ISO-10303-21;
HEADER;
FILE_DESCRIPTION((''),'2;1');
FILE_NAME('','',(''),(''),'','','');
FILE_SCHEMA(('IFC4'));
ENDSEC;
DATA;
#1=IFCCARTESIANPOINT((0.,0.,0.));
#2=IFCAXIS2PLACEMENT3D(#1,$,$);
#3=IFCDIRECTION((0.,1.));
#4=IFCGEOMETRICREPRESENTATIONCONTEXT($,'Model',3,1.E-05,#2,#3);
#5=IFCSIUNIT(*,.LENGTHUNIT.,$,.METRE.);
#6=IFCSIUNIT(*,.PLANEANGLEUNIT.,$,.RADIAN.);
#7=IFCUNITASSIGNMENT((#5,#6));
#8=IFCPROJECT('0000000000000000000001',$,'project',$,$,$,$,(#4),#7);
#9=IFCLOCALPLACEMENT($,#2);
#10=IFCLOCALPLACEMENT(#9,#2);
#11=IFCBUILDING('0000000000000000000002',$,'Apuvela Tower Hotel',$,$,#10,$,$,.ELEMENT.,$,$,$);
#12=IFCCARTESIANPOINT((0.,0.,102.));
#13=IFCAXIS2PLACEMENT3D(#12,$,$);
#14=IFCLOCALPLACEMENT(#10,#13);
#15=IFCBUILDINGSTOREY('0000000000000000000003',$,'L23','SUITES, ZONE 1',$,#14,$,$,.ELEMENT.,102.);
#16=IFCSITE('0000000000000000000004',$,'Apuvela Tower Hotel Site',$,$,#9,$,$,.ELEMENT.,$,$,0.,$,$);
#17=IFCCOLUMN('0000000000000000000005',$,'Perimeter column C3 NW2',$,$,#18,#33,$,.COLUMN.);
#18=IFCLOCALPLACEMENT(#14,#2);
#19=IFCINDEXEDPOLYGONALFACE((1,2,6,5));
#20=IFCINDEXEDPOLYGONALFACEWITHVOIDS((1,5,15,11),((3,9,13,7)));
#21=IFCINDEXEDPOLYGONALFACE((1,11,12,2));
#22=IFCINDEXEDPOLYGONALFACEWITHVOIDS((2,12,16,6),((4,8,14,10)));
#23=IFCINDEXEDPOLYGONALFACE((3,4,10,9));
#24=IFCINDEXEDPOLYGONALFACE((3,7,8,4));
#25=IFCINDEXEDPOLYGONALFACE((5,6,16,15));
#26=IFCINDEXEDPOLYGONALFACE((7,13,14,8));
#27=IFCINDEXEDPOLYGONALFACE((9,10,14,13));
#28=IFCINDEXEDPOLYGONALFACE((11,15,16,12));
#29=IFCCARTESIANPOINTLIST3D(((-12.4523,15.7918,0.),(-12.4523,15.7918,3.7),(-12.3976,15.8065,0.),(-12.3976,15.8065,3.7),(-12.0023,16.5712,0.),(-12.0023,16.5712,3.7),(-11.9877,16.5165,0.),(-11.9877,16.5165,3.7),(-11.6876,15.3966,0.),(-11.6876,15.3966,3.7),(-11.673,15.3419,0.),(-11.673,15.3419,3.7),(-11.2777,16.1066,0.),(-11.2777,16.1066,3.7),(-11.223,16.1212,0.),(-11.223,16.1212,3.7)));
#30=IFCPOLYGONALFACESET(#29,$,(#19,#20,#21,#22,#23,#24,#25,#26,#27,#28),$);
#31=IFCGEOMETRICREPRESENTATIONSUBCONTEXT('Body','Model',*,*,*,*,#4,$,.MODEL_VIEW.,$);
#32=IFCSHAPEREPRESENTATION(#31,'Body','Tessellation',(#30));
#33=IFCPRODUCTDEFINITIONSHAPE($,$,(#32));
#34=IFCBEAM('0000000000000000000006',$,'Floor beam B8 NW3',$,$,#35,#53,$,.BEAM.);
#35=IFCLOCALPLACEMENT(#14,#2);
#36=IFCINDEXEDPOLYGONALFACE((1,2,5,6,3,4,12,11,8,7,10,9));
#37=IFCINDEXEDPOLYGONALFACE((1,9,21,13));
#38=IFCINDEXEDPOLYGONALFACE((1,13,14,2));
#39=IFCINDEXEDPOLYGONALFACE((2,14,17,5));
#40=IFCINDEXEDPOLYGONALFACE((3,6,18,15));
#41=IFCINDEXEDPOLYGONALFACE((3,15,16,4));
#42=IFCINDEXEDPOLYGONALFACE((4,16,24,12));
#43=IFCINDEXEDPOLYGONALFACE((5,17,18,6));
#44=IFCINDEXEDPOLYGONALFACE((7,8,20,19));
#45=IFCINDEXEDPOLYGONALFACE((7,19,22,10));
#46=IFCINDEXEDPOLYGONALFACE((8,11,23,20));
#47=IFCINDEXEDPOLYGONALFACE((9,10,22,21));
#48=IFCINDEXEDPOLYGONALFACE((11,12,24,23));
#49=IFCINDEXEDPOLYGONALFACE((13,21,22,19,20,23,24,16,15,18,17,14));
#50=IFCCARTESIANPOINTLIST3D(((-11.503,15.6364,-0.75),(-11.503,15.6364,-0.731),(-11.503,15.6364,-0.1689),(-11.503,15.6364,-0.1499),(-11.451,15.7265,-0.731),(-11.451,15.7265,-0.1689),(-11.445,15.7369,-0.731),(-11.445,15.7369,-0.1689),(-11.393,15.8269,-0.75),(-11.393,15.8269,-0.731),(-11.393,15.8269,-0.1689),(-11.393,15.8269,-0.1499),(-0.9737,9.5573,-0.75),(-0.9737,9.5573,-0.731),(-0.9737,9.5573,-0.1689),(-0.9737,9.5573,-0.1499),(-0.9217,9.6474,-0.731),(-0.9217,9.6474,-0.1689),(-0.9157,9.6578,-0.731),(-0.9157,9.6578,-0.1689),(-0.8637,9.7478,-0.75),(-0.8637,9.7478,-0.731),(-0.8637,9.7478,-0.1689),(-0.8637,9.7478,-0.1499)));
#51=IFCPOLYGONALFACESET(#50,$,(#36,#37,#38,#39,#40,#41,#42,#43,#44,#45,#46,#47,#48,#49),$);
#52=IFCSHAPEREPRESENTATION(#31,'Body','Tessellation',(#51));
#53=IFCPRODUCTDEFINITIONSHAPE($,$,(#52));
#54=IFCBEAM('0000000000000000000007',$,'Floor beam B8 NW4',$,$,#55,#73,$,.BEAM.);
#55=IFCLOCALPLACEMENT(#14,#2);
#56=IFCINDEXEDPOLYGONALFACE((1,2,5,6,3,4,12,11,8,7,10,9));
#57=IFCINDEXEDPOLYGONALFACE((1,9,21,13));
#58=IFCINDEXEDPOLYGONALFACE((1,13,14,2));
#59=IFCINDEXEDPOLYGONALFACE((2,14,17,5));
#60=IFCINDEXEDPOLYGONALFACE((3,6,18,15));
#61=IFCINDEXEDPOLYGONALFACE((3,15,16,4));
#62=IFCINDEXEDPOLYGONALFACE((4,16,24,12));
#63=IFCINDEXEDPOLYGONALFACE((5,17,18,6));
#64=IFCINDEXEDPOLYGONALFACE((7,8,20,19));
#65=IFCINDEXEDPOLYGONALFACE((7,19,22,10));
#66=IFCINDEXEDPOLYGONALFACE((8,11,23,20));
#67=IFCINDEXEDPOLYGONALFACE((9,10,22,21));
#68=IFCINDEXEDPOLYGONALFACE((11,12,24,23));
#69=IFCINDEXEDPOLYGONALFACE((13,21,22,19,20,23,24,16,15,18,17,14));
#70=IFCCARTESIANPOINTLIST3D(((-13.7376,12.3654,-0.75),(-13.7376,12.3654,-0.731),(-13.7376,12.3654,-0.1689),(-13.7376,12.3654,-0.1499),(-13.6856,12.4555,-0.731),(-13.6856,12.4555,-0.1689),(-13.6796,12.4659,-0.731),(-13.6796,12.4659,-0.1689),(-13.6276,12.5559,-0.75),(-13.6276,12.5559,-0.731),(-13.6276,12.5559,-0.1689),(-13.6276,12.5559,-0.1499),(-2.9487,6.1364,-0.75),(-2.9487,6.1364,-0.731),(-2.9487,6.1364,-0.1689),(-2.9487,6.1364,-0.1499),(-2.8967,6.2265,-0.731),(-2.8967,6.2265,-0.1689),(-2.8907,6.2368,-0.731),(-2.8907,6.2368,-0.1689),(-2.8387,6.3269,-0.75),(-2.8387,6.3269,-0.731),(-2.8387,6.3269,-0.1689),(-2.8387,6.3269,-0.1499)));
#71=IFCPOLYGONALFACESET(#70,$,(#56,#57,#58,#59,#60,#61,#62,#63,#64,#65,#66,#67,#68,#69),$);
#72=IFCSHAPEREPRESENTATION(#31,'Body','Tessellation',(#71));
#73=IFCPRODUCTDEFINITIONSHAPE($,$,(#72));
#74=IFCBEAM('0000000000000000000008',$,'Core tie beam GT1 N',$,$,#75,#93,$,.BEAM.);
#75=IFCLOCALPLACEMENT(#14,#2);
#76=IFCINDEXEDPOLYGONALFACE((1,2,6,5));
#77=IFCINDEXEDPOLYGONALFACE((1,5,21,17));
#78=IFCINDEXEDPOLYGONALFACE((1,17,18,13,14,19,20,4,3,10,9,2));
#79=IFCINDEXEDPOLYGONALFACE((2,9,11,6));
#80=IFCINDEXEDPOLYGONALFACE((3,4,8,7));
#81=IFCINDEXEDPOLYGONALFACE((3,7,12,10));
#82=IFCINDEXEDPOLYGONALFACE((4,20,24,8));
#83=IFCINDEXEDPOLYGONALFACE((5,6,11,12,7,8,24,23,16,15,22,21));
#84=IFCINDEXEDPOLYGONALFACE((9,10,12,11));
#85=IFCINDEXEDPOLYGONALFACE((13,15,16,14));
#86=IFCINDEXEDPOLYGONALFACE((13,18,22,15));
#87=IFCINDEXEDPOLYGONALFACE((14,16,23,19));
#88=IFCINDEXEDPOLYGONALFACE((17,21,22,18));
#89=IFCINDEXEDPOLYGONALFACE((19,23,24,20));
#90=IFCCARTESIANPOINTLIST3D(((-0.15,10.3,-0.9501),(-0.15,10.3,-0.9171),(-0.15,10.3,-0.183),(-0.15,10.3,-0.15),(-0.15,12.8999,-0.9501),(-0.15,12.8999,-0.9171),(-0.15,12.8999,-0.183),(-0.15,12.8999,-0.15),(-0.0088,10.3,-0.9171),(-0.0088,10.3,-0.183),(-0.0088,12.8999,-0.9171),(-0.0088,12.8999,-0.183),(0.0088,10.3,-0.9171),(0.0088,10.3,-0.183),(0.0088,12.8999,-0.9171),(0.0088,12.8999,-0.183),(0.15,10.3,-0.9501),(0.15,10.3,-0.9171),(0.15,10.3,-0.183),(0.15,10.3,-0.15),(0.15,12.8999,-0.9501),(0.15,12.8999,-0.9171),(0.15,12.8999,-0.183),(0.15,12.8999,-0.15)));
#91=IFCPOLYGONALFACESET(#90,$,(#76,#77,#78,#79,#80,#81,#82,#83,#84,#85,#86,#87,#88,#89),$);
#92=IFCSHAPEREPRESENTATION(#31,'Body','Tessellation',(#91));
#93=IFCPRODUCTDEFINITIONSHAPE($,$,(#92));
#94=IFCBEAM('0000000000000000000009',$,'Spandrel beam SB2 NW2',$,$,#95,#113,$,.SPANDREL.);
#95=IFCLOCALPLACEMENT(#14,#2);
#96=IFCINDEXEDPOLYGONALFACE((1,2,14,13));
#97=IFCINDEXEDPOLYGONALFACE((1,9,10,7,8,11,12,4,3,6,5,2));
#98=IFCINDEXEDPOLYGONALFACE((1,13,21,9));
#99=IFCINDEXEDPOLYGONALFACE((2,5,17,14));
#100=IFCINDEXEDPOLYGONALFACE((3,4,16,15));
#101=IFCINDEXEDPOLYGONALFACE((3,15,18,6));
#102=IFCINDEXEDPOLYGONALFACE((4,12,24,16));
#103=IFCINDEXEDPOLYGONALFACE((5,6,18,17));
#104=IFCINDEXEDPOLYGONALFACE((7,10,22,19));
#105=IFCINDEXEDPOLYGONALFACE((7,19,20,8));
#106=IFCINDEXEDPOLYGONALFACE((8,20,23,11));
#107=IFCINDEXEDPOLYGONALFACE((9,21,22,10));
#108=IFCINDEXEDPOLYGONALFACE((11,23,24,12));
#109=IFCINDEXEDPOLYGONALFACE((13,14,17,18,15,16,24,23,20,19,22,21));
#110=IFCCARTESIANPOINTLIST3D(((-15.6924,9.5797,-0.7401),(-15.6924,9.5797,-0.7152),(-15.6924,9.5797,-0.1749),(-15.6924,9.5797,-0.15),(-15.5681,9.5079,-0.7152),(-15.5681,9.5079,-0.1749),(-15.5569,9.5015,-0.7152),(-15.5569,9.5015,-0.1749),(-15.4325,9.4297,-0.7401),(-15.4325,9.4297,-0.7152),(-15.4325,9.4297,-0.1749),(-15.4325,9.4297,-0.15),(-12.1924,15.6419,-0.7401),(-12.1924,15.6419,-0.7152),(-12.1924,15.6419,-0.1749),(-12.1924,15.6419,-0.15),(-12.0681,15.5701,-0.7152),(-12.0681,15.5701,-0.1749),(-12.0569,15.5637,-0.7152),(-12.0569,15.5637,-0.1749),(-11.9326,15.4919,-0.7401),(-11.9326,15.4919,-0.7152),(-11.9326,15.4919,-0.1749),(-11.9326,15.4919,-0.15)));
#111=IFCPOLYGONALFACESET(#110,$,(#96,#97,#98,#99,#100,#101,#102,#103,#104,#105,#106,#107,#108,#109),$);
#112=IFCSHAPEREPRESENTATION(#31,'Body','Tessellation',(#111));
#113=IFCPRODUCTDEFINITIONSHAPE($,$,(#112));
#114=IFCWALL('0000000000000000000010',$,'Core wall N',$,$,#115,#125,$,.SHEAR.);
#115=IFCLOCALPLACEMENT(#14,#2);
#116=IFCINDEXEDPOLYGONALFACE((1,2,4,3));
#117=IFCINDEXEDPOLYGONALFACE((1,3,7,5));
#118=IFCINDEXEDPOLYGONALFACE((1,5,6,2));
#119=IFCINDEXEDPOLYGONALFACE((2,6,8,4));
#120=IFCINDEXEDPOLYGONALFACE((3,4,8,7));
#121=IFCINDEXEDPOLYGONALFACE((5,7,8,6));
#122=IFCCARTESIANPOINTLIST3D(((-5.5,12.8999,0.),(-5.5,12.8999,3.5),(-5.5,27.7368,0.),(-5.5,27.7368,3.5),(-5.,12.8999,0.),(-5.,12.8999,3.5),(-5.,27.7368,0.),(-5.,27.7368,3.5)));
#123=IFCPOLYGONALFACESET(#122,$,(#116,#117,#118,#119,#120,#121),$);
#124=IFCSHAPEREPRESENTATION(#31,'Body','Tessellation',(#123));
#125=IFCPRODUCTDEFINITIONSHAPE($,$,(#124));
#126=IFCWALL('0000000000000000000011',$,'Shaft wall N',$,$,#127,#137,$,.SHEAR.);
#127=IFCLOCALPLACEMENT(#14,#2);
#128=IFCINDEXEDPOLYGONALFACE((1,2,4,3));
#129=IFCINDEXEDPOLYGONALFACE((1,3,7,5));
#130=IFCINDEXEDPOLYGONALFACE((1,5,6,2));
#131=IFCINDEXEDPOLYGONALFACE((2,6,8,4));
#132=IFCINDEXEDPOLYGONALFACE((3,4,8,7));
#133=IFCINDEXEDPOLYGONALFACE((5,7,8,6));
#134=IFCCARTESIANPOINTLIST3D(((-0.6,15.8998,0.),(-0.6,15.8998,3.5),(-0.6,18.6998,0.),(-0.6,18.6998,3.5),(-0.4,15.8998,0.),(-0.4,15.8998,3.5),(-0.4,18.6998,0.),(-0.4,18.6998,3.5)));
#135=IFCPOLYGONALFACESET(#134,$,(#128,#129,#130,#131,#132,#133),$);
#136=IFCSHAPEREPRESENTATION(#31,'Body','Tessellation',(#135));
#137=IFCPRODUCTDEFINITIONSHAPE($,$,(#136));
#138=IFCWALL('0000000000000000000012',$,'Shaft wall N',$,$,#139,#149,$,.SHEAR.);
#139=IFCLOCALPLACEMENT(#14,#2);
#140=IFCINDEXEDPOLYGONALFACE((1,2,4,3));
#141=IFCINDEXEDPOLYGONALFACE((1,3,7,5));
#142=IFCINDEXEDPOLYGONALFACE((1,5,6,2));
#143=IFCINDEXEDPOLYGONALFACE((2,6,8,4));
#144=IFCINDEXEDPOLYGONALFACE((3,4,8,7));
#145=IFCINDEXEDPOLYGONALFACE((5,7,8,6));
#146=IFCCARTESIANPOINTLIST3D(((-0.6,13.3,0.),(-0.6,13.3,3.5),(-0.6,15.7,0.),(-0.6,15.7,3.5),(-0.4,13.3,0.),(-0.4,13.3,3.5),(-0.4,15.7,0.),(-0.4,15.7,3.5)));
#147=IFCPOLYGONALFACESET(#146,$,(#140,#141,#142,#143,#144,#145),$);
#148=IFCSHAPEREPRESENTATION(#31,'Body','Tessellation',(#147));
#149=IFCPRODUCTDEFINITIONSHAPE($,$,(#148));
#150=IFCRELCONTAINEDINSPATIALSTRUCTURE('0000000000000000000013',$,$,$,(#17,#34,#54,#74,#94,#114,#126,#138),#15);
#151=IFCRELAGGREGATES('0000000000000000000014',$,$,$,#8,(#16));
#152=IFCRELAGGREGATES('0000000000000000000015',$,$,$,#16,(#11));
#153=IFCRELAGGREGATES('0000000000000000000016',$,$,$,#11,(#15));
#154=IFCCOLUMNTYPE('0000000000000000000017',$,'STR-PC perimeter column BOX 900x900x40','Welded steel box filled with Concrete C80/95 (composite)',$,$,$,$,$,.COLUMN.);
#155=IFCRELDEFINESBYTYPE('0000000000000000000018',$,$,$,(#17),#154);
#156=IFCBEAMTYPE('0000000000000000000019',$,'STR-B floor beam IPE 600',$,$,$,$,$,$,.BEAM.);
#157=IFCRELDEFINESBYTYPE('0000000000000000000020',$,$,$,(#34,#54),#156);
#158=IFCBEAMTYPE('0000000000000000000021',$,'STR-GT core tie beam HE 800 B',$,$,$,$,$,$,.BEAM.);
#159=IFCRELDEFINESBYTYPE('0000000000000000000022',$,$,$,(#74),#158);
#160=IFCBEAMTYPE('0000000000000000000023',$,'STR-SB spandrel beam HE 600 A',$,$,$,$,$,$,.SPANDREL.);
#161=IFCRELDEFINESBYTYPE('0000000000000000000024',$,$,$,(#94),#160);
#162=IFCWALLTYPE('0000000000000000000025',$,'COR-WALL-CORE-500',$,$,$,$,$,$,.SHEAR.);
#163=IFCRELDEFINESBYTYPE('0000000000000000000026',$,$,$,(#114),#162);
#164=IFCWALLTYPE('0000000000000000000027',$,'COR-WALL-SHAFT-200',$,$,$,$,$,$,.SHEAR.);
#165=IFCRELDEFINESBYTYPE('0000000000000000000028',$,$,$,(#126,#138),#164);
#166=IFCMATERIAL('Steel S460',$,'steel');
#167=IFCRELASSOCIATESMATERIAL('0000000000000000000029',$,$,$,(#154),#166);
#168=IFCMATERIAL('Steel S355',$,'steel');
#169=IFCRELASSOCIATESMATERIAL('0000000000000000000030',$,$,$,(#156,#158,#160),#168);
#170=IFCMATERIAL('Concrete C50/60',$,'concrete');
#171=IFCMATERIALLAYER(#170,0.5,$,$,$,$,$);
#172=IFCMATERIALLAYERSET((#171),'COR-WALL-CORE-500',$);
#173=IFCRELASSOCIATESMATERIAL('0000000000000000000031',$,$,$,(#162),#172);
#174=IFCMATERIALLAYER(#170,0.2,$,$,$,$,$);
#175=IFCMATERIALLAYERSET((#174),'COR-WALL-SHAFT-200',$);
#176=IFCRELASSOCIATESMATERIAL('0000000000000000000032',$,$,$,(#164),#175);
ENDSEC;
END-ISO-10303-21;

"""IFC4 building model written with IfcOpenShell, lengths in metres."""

from ifc_helpers import new_model, si_unit, direction, frame, frame_2d, origin, origin_2d, place, context, subcontext, project, spatial, rectangle, hollow_rectangle, i_section, extrude, material, layer, layer_set, material_profile, profile_set, type_object, element, save


model = new_model("IFC4")

# Units and contexts
model_context = context("Model", 3, precision=1e-05, world=origin(), true_north=direction((0.0, 1.0)))
body_context = subcontext(model_context, "Body", "Model", "MODEL_VIEW")
ifc_project = project(units=[si_unit("LENGTHUNIT", "METRE"), si_unit("PLANEANGLEUNIT", "RADIAN")], contexts=[model_context])

# Site, building, storey
site_placement = place(None, origin())
site = spatial("IfcSite", under=ifc_project, at=site_placement, Name="Apuvela Tower Hotel Site", CompositionType="ELEMENT", RefElevation=0.0)
building_placement = place(site_placement, origin())
building = spatial("IfcBuilding", under=site, at=building_placement, Name="Apuvela Tower Hotel", CompositionType="ELEMENT")
storey_placement = place(building_placement, frame((0.0, 0.0, 102.0)))
storey = spatial("IfcBuildingStorey", under=building, at=storey_placement, Name="L23", Description="SUITES, ZONE 1", CompositionType="ELEMENT", Elevation=102.0)

# Column
ifc_material_1 = material(Name="Steel S460", Category="steel")
ifc_material_profile_1 = material_profile(ifc_material_1, hollow_rectangle(XDim=0.8999, YDim=0.8999, WallThickness=0.04, at=origin_2d()), Name="BOX 900x900x40")
ifc_material_2 = material(Name="Concrete C80/95", Category="concrete")
ifc_material_profile_2 = material_profile(ifc_material_2, rectangle(XDim=0.8201, YDim=0.8201, at=origin_2d()), Name="Concrete C80/95 infill")
ifc_profile_set_1 = profile_set([ifc_material_profile_1, ifc_material_profile_2], Name="Steel S460")
column_type = type_object("IfcColumnType", Name="STR-PC perimeter column BOX 900x900x40", Description="Welded steel box filled with Concrete C80/95 (composite)", PredefinedType="COLUMN", material=ifc_profile_set_1)
column_placement = place(storey_placement, frame((-11.8376, 15.9565, 0.0), z_axis=(0.0, 0.0, 1.0), x_axis=(0.5, 0.866025, 0.0)))
element("IfcColumn", 1, at=column_placement, inside=storey, type_object=column_type, Name="Perimeter column C3 NW2", PredefinedType="COLUMN", context=body_context, shape_type="SweptSolid", body=[
    extrude(hollow_rectangle(XDim=0.8999, YDim=0.8999, WallThickness=0.04, at=origin_2d()), origin(), (0.0, 0.0, 1.0), 3.7),
])

# Beams
ifc_material_3 = material(Name="Steel S355", Category="steel")
ifc_material_profile_3 = material_profile(ifc_material_3, i_section(OverallWidth=0.22, OverallDepth=0.6001, WebThickness=0.012, FlangeThickness=0.019, at=origin_2d()), Name="IPE 600")
ifc_profile_set_2 = profile_set([ifc_material_profile_3], Name="Steel S355")
beam_type_1 = type_object("IfcBeamType", Name="STR-B floor beam IPE 600", PredefinedType="BEAM", material=ifc_profile_set_2)
beam_1_placement = place(storey_placement, frame((-11.448, 15.7317, -0.45), z_axis=(0.866025, -0.500001, 0.0), x_axis=(0.500001, 0.866025, 0.0)))
element("IfcBeam", 2, at=beam_1_placement, inside=storey, type_object=beam_type_1, Name="Floor beam B8 NW3", PredefinedType="BEAM", context=body_context, shape_type="SweptSolid", body=[
    extrude(i_section(OverallWidth=0.22, OverallDepth=0.6001, WebThickness=0.012, FlangeThickness=0.019, at=origin_2d()), origin(), (0.0, 0.0, 1.0), 12.1582),
])
beam_2_placement = place(storey_placement, frame((-13.6826, 12.4607, -0.45), z_axis=(0.866023, -0.500005, 0.0), x_axis=(0.500005, 0.866023, 0.0)))
element("IfcBeam", 3, at=beam_2_placement, inside=storey, type_object=beam_type_1, Name="Floor beam B8 NW4", PredefinedType="BEAM", context=body_context, shape_type="SweptSolid", body=[
    extrude(i_section(OverallWidth=0.22, OverallDepth=0.6001, WebThickness=0.012, FlangeThickness=0.019, at=origin_2d()), origin(), (0.0, 0.0, 1.0), 12.458),
])
ifc_material_profile_4 = material_profile(ifc_material_3, i_section(OverallWidth=0.3, OverallDepth=0.8, WebThickness=0.0176, FlangeThickness=0.033, at=origin_2d()), Name="HE 800 B")
ifc_profile_set_3 = profile_set([ifc_material_profile_4], Name="Steel S355")
beam_type_2 = type_object("IfcBeamType", Name="STR-GT core tie beam HE 800 B", PredefinedType="BEAM", material=ifc_profile_set_3)
beam_3_placement = place(storey_placement, frame((0.0, 12.8999, -0.55), z_axis=(0.0, -1.0, 0.0), x_axis=(1.0, 0.0, 0.0)))
element("IfcBeam", 4, at=beam_3_placement, inside=storey, type_object=beam_type_2, Name="Core tie beam GT1 N", PredefinedType="BEAM", context=body_context, shape_type="SweptSolid", body=[
    extrude(i_section(OverallWidth=0.3, OverallDepth=0.8, WebThickness=0.0176, FlangeThickness=0.033, at=origin_2d()), origin(), (0.0, 0.0, 1.0), 2.5999),
])
ifc_material_profile_5 = material_profile(ifc_material_3, i_section(OverallWidth=0.3, OverallDepth=0.5901, WebThickness=0.0129, FlangeThickness=0.0249, at=origin_2d()), Name="HE 600 A")
ifc_profile_set_4 = profile_set([ifc_material_profile_5], Name="Steel S355")
beam_type_3 = type_object("IfcBeamType", Name="STR-SB spandrel beam HE 600 A", PredefinedType="SPANDREL", material=ifc_profile_set_4)
beam_4_placement = place(storey_placement, frame((-12.0625, 15.5669, -0.4451), z_axis=(-0.499995, -0.866028, 0.0), x_axis=(0.866028, -0.499995, 0.0)))
element("IfcBeam", 5, at=beam_4_placement, inside=storey, type_object=beam_type_3, Name="Spandrel beam SB2 NW2", PredefinedType="SPANDREL", context=body_context, shape_type="SweptSolid", body=[
    extrude(i_section(OverallWidth=0.3, OverallDepth=0.5901, WebThickness=0.0129, FlangeThickness=0.0249, at=origin_2d()), origin(), (0.0, 0.0, 1.0), 7.0),
])

# Walls
ifc_material_4 = material(Name="Concrete C50/60", Category="concrete")
ifc_layer_1 = layer(ifc_material_4, 0.5)
ifc_layer_set_1 = layer_set([ifc_layer_1], Name="COR-WALL-CORE-500")
wall_type_1 = type_object("IfcWallType", Name="COR-WALL-CORE-500", PredefinedType="SHEAR", material=ifc_layer_set_1)
wall_1_placement = place(storey_placement, frame((-5.25, 12.8999, 0.0), z_axis=(0.0, 0.0, 1.0), x_axis=(0.0, 1.0, 0.0)))
element("IfcWall", 6, at=wall_1_placement, inside=storey, type_object=wall_type_1, Name="Core wall N", PredefinedType="SHEAR", context=body_context, shape_type="SweptSolid", body=[
    extrude(rectangle(XDim=14.8369, YDim=0.5, at=frame_2d((7.4185, 0.0))), origin(), (0.0, 0.0, 1.0), 3.5),
])
ifc_layer_2 = layer(ifc_material_4, 0.2)
ifc_layer_set_2 = layer_set([ifc_layer_2], Name="COR-WALL-SHAFT-200")
wall_type_2 = type_object("IfcWallType", Name="COR-WALL-SHAFT-200", PredefinedType="SHEAR", material=ifc_layer_set_2)
wall_2_placement = place(storey_placement, frame((-0.5, 15.8999, 0.0), z_axis=(0.0, 0.0, 1.0), x_axis=(0.0, 1.0, 0.0)))
element("IfcWall", 7, at=wall_2_placement, inside=storey, type_object=wall_type_2, Name="Shaft wall N", PredefinedType="SHEAR", context=body_context, shape_type="SweptSolid", body=[
    extrude(rectangle(XDim=2.8, YDim=0.2, at=frame_2d((1.3999, 0.0))), origin(), (0.0, 0.0, 1.0), 3.5),
])
wall_3_placement = place(storey_placement, frame((-0.5, 13.3, 0.0), z_axis=(0.0, 0.0, 1.0), x_axis=(0.0, 1.0, 0.0)))
element("IfcWall", 8, at=wall_3_placement, inside=storey, type_object=wall_type_2, Name="Shaft wall N", PredefinedType="SHEAR", context=body_context, shape_type="SweptSolid", body=[
    extrude(rectangle(XDim=2.3999, YDim=0.2, at=frame_2d((1.2, 0.0))), origin(), (0.0, 0.0, 1.0), 3.5),
])

save(model, "model.ifc")
